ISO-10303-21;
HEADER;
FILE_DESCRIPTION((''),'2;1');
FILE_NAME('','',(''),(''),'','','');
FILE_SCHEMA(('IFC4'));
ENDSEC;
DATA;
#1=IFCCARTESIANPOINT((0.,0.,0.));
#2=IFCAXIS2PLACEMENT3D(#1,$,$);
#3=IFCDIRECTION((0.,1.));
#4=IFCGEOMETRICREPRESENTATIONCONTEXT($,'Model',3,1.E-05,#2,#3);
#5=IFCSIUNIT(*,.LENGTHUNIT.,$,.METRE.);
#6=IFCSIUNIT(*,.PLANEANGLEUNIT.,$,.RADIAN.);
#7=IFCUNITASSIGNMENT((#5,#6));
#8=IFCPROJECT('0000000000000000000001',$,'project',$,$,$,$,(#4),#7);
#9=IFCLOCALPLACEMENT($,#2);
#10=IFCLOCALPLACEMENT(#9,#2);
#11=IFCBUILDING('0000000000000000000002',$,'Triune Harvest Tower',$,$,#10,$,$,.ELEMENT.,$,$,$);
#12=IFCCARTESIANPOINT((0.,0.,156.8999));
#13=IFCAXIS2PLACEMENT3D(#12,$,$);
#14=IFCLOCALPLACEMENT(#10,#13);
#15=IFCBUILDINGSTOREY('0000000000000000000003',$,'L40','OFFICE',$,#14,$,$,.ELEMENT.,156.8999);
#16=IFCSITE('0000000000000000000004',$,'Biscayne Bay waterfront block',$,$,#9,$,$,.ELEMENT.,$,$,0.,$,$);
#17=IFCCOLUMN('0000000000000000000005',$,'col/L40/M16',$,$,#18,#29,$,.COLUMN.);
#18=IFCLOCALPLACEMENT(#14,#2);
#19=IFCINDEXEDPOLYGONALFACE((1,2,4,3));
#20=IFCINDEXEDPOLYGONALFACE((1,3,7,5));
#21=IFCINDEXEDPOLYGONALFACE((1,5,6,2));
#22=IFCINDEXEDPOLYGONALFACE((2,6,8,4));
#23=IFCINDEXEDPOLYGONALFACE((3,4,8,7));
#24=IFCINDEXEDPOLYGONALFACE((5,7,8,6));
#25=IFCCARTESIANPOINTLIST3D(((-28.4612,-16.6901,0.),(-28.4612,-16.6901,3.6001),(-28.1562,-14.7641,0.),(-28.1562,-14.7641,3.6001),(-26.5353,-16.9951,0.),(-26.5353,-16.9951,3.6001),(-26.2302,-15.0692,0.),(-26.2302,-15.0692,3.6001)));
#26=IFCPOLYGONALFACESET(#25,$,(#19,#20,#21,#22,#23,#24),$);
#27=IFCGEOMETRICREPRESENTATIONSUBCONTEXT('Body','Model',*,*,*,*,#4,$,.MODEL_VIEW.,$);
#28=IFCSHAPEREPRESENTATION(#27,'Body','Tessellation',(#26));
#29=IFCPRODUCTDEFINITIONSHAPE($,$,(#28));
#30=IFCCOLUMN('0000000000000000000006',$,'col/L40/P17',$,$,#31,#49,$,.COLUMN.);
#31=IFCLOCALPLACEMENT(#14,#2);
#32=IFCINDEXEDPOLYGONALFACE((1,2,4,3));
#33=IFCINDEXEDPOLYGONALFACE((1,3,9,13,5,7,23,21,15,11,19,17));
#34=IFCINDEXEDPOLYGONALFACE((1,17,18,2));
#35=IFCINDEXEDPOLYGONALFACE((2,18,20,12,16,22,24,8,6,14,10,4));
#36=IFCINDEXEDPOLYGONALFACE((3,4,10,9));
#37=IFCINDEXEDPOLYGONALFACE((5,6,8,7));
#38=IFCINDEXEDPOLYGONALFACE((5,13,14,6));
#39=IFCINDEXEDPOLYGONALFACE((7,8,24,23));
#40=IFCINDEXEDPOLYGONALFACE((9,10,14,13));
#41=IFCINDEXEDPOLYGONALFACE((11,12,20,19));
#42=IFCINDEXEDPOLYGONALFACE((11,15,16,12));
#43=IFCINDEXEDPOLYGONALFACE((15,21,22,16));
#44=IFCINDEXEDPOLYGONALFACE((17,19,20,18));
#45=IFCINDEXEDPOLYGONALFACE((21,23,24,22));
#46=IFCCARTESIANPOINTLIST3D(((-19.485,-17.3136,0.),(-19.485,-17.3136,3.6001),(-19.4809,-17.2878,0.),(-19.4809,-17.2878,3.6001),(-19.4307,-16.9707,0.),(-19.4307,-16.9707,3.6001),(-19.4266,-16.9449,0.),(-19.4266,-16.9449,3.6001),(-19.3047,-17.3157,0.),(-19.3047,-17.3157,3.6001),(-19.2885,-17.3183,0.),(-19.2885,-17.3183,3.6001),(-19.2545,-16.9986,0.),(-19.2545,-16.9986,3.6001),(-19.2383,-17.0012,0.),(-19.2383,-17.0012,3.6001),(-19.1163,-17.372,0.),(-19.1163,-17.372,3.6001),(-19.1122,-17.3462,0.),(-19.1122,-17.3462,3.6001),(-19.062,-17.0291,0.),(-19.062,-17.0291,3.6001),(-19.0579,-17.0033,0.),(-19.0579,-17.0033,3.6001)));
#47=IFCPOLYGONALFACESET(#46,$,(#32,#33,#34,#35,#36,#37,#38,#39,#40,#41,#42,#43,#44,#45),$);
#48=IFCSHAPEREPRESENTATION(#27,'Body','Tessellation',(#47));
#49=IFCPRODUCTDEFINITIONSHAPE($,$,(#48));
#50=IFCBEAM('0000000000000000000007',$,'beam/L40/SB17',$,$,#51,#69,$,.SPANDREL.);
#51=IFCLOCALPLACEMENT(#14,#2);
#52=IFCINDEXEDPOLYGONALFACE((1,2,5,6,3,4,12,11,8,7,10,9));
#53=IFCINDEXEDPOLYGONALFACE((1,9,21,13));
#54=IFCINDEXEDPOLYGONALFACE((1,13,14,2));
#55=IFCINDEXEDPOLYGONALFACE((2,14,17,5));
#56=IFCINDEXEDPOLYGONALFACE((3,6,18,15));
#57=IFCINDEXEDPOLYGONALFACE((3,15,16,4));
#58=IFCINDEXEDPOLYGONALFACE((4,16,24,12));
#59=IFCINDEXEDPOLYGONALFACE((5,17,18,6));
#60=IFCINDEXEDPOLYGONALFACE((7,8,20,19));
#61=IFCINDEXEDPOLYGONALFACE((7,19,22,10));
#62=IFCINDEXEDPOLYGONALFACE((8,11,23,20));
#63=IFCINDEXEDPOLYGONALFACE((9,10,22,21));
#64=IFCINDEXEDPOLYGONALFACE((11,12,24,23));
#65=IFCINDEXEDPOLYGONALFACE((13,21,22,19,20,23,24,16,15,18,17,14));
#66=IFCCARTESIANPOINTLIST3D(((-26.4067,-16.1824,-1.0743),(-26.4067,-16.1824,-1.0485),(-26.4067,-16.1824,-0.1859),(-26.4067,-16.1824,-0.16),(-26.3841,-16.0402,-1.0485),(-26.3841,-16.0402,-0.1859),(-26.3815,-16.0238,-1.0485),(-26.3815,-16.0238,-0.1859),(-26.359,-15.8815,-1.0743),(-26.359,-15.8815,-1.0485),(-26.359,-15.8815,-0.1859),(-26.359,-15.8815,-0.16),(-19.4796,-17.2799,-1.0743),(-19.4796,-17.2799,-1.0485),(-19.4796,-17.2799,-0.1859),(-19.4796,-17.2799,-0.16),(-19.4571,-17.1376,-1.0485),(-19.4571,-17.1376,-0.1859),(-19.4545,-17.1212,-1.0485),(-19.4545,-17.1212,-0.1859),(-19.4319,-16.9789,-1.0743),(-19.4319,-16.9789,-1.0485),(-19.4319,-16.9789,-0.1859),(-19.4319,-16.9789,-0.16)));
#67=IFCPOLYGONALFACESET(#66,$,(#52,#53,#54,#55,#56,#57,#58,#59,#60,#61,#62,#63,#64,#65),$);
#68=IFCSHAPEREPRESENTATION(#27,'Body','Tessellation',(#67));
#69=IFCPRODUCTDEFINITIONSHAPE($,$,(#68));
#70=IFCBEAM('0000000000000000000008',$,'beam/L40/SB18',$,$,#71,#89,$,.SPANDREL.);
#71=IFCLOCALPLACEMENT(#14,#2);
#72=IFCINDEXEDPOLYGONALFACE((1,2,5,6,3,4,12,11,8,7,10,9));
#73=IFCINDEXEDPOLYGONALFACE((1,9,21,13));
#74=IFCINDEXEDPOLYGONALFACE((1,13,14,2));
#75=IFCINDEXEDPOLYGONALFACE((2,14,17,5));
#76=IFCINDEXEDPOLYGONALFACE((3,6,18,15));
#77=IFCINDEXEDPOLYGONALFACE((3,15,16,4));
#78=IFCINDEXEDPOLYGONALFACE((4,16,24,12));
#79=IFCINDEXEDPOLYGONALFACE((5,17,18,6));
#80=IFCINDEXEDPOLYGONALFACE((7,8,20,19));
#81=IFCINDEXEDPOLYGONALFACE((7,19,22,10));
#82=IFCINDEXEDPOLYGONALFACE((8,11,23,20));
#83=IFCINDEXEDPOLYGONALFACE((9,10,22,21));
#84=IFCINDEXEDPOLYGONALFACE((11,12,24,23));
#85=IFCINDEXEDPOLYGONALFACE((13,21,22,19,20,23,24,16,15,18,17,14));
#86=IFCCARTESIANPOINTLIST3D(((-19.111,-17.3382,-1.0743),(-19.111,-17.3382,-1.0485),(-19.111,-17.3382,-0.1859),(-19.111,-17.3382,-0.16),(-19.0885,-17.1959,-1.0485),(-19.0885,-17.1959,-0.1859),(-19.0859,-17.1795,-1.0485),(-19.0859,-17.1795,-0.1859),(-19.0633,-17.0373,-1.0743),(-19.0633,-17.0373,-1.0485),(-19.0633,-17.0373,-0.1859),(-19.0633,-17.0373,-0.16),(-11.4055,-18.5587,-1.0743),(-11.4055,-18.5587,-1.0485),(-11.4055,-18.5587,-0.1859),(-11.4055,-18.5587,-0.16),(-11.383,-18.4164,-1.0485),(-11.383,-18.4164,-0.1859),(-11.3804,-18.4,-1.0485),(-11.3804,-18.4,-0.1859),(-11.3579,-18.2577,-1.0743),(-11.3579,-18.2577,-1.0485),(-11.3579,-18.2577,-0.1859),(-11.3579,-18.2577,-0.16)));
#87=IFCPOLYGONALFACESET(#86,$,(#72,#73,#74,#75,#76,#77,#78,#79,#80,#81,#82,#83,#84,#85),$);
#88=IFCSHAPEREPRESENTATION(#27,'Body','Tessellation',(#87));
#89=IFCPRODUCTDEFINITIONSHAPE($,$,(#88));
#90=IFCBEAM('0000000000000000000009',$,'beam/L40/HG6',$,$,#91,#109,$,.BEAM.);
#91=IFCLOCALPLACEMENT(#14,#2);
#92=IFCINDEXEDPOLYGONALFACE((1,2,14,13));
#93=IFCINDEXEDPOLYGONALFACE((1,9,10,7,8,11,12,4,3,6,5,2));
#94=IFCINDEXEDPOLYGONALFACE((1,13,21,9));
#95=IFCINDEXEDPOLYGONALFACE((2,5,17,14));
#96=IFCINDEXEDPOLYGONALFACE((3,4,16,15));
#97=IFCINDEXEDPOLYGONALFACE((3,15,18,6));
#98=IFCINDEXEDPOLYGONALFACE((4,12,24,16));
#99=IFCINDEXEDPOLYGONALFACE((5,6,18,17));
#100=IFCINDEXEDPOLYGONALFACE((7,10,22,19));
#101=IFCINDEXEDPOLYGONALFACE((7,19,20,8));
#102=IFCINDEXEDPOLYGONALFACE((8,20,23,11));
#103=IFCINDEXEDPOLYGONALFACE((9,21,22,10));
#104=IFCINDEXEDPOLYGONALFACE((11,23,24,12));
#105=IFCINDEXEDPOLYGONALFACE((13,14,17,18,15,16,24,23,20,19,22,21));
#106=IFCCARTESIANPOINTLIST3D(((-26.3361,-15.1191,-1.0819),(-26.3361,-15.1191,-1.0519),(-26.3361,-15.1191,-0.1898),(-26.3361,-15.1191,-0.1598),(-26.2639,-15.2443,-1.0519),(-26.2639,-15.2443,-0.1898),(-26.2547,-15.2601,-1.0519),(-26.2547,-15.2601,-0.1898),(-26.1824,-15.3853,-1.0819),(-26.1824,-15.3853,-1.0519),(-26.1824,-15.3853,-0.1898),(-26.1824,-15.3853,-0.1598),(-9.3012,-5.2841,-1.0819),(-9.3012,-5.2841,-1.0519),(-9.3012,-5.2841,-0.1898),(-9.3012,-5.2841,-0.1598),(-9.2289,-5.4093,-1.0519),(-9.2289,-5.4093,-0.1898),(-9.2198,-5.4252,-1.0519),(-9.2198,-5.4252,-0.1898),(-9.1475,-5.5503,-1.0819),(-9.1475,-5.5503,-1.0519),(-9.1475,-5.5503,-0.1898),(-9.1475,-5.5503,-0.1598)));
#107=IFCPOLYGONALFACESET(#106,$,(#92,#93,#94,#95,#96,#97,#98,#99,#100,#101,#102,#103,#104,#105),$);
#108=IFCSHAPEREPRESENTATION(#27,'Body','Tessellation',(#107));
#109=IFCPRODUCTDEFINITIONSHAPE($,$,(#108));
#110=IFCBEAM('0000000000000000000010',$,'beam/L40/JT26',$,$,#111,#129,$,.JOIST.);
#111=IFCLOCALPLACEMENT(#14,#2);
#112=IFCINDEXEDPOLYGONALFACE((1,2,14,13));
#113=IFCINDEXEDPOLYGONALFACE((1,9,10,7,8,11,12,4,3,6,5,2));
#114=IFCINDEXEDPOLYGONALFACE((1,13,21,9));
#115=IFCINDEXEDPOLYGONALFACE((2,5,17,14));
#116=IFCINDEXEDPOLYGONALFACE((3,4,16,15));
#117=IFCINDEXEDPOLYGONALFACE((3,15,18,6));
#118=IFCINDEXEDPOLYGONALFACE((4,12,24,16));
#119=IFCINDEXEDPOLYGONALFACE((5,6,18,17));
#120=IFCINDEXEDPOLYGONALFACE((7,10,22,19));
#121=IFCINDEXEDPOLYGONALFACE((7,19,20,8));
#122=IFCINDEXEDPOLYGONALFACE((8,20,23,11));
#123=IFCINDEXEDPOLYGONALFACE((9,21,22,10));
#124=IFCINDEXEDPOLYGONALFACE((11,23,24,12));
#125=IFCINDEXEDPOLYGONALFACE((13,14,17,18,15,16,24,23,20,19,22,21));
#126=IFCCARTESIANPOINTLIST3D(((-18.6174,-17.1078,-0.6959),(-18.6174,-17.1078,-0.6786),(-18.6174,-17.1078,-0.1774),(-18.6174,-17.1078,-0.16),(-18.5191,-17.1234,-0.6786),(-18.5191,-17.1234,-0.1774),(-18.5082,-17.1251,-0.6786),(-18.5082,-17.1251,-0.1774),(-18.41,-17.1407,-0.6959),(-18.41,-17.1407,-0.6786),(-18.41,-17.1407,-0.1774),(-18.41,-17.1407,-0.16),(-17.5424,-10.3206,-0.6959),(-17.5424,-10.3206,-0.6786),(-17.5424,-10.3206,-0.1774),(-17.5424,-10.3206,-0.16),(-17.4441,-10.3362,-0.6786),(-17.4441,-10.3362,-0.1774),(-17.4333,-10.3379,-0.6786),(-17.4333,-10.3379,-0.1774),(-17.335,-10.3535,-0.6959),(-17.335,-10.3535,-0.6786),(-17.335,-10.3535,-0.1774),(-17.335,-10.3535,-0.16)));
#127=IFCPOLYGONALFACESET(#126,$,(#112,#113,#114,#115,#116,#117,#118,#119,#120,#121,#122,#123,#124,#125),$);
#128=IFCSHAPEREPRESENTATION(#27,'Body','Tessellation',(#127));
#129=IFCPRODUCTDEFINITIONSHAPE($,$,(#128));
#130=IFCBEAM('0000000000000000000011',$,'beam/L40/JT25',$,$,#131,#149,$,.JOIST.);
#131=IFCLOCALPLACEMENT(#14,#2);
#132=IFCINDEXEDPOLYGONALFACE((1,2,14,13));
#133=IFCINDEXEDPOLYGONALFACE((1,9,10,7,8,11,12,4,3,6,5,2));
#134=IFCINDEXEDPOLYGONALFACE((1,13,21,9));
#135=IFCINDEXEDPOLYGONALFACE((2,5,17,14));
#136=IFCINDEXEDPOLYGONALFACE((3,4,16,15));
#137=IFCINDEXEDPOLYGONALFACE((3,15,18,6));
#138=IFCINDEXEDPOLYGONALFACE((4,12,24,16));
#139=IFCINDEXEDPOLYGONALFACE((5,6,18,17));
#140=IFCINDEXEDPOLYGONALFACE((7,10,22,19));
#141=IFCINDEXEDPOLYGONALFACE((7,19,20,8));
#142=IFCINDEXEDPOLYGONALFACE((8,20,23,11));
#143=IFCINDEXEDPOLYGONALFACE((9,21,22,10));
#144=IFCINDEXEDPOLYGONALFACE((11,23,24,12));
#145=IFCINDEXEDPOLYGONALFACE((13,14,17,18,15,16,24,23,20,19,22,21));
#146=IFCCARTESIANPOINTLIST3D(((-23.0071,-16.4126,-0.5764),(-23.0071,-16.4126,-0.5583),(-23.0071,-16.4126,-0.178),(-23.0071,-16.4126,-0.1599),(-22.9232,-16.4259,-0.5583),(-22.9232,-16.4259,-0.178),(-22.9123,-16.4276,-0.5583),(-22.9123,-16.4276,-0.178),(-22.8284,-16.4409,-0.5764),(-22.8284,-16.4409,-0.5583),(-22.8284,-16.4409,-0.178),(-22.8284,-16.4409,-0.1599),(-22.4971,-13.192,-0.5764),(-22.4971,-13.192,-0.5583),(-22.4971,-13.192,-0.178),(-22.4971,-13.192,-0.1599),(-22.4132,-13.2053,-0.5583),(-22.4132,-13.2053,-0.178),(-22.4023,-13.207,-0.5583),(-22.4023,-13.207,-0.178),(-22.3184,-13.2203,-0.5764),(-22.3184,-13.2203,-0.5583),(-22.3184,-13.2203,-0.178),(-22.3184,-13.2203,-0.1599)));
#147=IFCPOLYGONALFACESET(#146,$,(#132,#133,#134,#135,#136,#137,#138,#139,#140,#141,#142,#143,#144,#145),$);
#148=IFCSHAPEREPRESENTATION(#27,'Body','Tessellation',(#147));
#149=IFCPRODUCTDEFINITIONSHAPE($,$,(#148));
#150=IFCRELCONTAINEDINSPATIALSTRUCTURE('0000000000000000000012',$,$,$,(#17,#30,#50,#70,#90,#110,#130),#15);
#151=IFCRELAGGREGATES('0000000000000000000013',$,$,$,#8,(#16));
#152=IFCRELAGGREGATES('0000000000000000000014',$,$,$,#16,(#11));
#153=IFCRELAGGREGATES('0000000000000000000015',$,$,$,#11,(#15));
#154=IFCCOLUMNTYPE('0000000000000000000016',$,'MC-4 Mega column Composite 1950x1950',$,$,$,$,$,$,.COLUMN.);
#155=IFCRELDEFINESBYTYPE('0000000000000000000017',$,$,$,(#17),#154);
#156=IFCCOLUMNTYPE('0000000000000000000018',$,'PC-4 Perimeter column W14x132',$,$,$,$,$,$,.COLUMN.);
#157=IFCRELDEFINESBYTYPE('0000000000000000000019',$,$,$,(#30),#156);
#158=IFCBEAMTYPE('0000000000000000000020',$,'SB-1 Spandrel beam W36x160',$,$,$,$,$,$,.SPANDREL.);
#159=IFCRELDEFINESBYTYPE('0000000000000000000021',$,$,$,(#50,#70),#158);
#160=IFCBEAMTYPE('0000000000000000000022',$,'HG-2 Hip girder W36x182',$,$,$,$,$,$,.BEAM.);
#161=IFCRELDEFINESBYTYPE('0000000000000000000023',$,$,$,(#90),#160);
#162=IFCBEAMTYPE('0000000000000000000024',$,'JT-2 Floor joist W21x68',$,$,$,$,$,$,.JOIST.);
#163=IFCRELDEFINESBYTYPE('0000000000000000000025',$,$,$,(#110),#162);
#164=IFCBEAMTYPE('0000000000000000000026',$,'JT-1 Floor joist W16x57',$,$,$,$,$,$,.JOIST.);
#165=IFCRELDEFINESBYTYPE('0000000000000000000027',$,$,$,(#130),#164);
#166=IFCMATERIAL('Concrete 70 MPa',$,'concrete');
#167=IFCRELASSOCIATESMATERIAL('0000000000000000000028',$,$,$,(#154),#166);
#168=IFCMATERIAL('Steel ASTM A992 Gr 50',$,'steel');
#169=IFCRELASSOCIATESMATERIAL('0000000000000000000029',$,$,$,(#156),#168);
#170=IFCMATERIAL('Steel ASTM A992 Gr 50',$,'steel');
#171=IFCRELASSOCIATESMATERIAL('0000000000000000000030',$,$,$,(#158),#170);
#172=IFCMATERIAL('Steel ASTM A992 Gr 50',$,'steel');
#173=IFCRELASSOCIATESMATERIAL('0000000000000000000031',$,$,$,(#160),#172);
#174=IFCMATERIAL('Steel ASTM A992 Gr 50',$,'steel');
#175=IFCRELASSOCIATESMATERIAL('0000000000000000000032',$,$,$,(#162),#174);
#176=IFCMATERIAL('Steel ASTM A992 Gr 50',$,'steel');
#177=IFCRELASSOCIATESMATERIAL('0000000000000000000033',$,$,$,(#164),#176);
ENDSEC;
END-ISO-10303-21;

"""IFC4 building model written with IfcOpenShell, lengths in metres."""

from ifc_helpers import new_model, si_unit, direction, frame, origin, origin_2d, place, context, subcontext, project, spatial, rectangle, i_section, extrude, source, transform, mapped, material, material_profile, profile_set, type_object, element, save


model = new_model("IFC4")

# Units and contexts
model_context = context("Model", 3, precision=1e-05, world=origin(), true_north=direction((0.0, 1.0)))
body_context = subcontext(model_context, "Body", "Model", "MODEL_VIEW")
ifc_project = project(units=[si_unit("LENGTHUNIT", "METRE"), si_unit("PLANEANGLEUNIT", "RADIAN")], contexts=[model_context])

# Site, building, storey
site_placement = place(None, origin())
site = spatial("IfcSite", under=ifc_project, at=site_placement, Name="Biscayne Bay waterfront block", CompositionType="ELEMENT", RefElevation=0.0)
building_placement = place(site_placement, origin())
building = spatial("IfcBuilding", under=site, at=building_placement, Name="Triune Harvest Tower", CompositionType="ELEMENT")
storey_placement = place(building_placement, frame((0.0, 0.0, 156.8999)))
storey = spatial("IfcBuildingStorey", under=building, at=storey_placement, Name="L40", Description="OFFICE", CompositionType="ELEMENT", Elevation=156.8999)

# Columns
ifc_material_1 = material(Name="Concrete 70 MPa", Category="concrete")
ifc_material_profile_1 = material_profile(ifc_material_1, rectangle(XDim=1.95, YDim=1.95, at=origin_2d()), Name="Composite 1950x1950")
ifc_profile_set_1 = profile_set([ifc_material_profile_1], Name="Concrete 70 MPa")
column_type_1 = type_object("IfcColumnType", Name="MC-4 Mega column Composite 1950x1950", PredefinedType="COLUMN", material=ifc_profile_set_1)
shared_shape_1 = source(origin(), body_context, "Body", "SweptSolid", [
    extrude(rectangle(XDim=1.95, YDim=1.95, at=origin_2d()), origin(), (0.0, 0.0, 1.0), 3.6001),
])
column_1_placement = place(storey_placement, frame((-27.3457, -15.8796, 0.0), z_axis=(0.0, 0.0, 1.0), x_axis=(0.987688, -0.156434, 0.0)))
element("IfcColumn", 1, at=column_1_placement, inside=storey, type_object=column_type_1, Name="col/L40/M16", PredefinedType="COLUMN", context=body_context, shape_type="MappedRepresentation", body=[
    mapped(shared_shape_1, transform((0.0, 0.0, 0.0), scale=1.0)),
])
ifc_material_2 = material(Name="Steel ASTM A992 Gr 50", Category="steel")
ifc_material_profile_2 = material_profile(ifc_material_2, i_section(OverallWidth=0.3733, OverallDepth=0.3733, WebThickness=0.0164, FlangeThickness=0.0261, at=origin_2d()), Name="W14x132")
ifc_profile_set_2 = profile_set([ifc_material_profile_2], Name="Steel ASTM A992 Gr 50")
column_type_2 = type_object("IfcColumnType", Name="PC-4 Perimeter column W14x132", PredefinedType="COLUMN", material=ifc_profile_set_2)
shared_shape_2 = source(origin(), body_context, "Body", "SweptSolid", [
    extrude(i_section(OverallWidth=0.3733, OverallDepth=0.3733, WebThickness=0.0164, FlangeThickness=0.0261, at=origin_2d()), origin(), (0.0, 0.0, 1.0), 3.6001),
])
column_2_placement = place(storey_placement, frame((-19.2715, -17.1584, 0.0), z_axis=(0.0, 0.0, 1.0), x_axis=(0.987688, -0.156434, 0.0)))
element("IfcColumn", 2, at=column_2_placement, inside=storey, type_object=column_type_2, Name="col/L40/P17", PredefinedType="COLUMN", context=body_context, shape_type="MappedRepresentation", body=[
    mapped(shared_shape_2, transform((0.0, 0.0, 0.0), scale=1.0)),
])

# Beams
ifc_material_3 = material(Name="Steel ASTM A992 Gr 50", Category="steel")
ifc_material_profile_3 = material_profile(ifc_material_3, i_section(OverallWidth=0.3047, OverallDepth=0.9143, WebThickness=0.0166, FlangeThickness=0.0259, at=origin_2d()), Name="W36x160")
ifc_profile_set_3 = profile_set([ifc_material_profile_3], Name="Steel ASTM A992 Gr 50")
beam_type_1 = type_object("IfcBeamType", Name="SB-1 Spandrel beam W36x160", PredefinedType="SPANDREL", material=ifc_profile_set_3)
shared_shape_3 = source(origin(), body_context, "Body", "SweptSolid", [
    extrude(i_section(OverallWidth=0.3047, OverallDepth=0.9143, WebThickness=0.0166, FlangeThickness=0.0259, at=origin_2d()), origin(), (0.0, 0.0, 1.0), 7.0134),
])
beam_1_placement = place(storey_placement, frame((-26.3828, -16.032, -0.6172), z_axis=(0.987682, -0.156474, 0.0), x_axis=(0.156474, 0.987682, 0.0)))
element("IfcBeam", 3, at=beam_1_placement, inside=storey, type_object=beam_type_1, Name="beam/L40/SB17", PredefinedType="SPANDREL", context=body_context, shape_type="MappedRepresentation", body=[
    mapped(shared_shape_3, transform((0.0, 0.0, 0.0), scale=1.0)),
])
shared_shape_4 = source(origin(), body_context, "Body", "SweptSolid", [
    extrude(i_section(OverallWidth=0.3047, OverallDepth=0.9143, WebThickness=0.0166, FlangeThickness=0.0259, at=origin_2d()), origin(), (0.0, 0.0, 1.0), 7.8015),
])
beam_2_placement = place(storey_placement, frame((-19.0872, -17.1877, -0.6172), z_axis=(0.987688, -0.156437, 0.0), x_axis=(0.156437, 0.987688, 0.0)))
element("IfcBeam", 4, at=beam_2_placement, inside=storey, type_object=beam_type_1, Name="beam/L40/SB18", PredefinedType="SPANDREL", context=body_context, shape_type="MappedRepresentation", body=[
    mapped(shared_shape_4, transform((0.0, 0.0, 0.0), scale=1.0)),
])
ifc_material_4 = material(Name="Steel ASTM A992 Gr 50", Category="steel")
ifc_material_profile_4 = material_profile(ifc_material_4, i_section(OverallWidth=0.3074, OverallDepth=0.9221, WebThickness=0.0183, FlangeThickness=0.03, at=origin_2d()), Name="W36x182")
ifc_profile_set_4 = profile_set([ifc_material_profile_4], Name="Steel ASTM A992 Gr 50")
beam_type_2 = type_object("IfcBeamType", Name="HG-2 Hip girder W36x182", PredefinedType="BEAM", material=ifc_profile_set_4)
shared_shape_5 = source(origin(), body_context, "Body", "SweptSolid", [
    extrude(i_section(OverallWidth=0.3074, OverallDepth=0.9221, WebThickness=0.0183, FlangeThickness=0.03, at=origin_2d()), origin(), (0.0, 0.0, 1.0), 19.6702),
])
beam_3_placement = place(storey_placement, frame((-26.2593, -15.2522, -0.6208), z_axis=(0.866029, 0.499994, 0.0), x_axis=(-0.499994, 0.866029, 0.0)))
element("IfcBeam", 5, at=beam_3_placement, inside=storey, type_object=beam_type_2, Name="beam/L40/HG6", PredefinedType="BEAM", context=body_context, shape_type="MappedRepresentation", body=[
    mapped(shared_shape_5, transform((0.0, 0.0, 0.0), scale=1.0)),
])
ifc_material_5 = material(Name="Steel ASTM A992 Gr 50", Category="steel")
ifc_material_profile_5 = material_profile(ifc_material_5, i_section(OverallWidth=0.21, OverallDepth=0.5359, WebThickness=0.011, FlangeThickness=0.0173, at=origin_2d()), Name="W21x68")
ifc_profile_set_5 = profile_set([ifc_material_profile_5], Name="Steel ASTM A992 Gr 50")
beam_type_3 = type_object("IfcBeamType", Name="JT-2 Floor joist W21x68", PredefinedType="JOIST", material=ifc_profile_set_5)
shared_shape_6 = source(origin(), body_context, "Body", "SweptSolid", [
    extrude(i_section(OverallWidth=0.21, OverallDepth=0.5359, WebThickness=0.011, FlangeThickness=0.0173, at=origin_2d()), origin(), (0.0, 0.0, 1.0), 6.8718),
])
beam_4_placement = place(storey_placement, frame((-18.5137, -17.1243, -0.428), z_axis=(0.156431, 0.987689, 0.0), x_axis=(-0.987689, 0.156431, 0.0)))
element("IfcBeam", 6, at=beam_4_placement, inside=storey, type_object=beam_type_3, Name="beam/L40/JT26", PredefinedType="JOIST", context=body_context, shape_type="MappedRepresentation", body=[
    mapped(shared_shape_6, transform((0.0, 0.0, 0.0), scale=1.0)),
])
ifc_material_6 = material(Name="Steel ASTM A992 Gr 50", Category="steel")
ifc_material_profile_6 = material_profile(ifc_material_6, i_section(OverallWidth=0.1809, OverallDepth=0.4165, WebThickness=0.011, FlangeThickness=0.0181, at=origin_2d()), Name="W16x57")
ifc_profile_set_6 = profile_set([ifc_material_profile_6], Name="Steel ASTM A992 Gr 50")
beam_type_4 = type_object("IfcBeamType", Name="JT-1 Floor joist W16x57", PredefinedType="JOIST", material=ifc_profile_set_6)
shared_shape_7 = source(origin(), body_context, "Body", "SweptSolid", [
    extrude(i_section(OverallWidth=0.1809, OverallDepth=0.4165, WebThickness=0.011, FlangeThickness=0.0181, at=origin_2d()), origin(), (0.0, 0.0, 1.0), 3.2607),
])
beam_5_placement = place(storey_placement, frame((-22.9177, -16.4268, -0.3682), z_axis=(0.156405, 0.987693, 0.0), x_axis=(-0.987693, 0.156405, 0.0)))
element("IfcBeam", 7, at=beam_5_placement, inside=storey, type_object=beam_type_4, Name="beam/L40/JT25", PredefinedType="JOIST", context=body_context, shape_type="MappedRepresentation", body=[
    mapped(shared_shape_7, transform((0.0, 0.0, 0.0), scale=1.0)),
])

save(model, "model.ifc")
